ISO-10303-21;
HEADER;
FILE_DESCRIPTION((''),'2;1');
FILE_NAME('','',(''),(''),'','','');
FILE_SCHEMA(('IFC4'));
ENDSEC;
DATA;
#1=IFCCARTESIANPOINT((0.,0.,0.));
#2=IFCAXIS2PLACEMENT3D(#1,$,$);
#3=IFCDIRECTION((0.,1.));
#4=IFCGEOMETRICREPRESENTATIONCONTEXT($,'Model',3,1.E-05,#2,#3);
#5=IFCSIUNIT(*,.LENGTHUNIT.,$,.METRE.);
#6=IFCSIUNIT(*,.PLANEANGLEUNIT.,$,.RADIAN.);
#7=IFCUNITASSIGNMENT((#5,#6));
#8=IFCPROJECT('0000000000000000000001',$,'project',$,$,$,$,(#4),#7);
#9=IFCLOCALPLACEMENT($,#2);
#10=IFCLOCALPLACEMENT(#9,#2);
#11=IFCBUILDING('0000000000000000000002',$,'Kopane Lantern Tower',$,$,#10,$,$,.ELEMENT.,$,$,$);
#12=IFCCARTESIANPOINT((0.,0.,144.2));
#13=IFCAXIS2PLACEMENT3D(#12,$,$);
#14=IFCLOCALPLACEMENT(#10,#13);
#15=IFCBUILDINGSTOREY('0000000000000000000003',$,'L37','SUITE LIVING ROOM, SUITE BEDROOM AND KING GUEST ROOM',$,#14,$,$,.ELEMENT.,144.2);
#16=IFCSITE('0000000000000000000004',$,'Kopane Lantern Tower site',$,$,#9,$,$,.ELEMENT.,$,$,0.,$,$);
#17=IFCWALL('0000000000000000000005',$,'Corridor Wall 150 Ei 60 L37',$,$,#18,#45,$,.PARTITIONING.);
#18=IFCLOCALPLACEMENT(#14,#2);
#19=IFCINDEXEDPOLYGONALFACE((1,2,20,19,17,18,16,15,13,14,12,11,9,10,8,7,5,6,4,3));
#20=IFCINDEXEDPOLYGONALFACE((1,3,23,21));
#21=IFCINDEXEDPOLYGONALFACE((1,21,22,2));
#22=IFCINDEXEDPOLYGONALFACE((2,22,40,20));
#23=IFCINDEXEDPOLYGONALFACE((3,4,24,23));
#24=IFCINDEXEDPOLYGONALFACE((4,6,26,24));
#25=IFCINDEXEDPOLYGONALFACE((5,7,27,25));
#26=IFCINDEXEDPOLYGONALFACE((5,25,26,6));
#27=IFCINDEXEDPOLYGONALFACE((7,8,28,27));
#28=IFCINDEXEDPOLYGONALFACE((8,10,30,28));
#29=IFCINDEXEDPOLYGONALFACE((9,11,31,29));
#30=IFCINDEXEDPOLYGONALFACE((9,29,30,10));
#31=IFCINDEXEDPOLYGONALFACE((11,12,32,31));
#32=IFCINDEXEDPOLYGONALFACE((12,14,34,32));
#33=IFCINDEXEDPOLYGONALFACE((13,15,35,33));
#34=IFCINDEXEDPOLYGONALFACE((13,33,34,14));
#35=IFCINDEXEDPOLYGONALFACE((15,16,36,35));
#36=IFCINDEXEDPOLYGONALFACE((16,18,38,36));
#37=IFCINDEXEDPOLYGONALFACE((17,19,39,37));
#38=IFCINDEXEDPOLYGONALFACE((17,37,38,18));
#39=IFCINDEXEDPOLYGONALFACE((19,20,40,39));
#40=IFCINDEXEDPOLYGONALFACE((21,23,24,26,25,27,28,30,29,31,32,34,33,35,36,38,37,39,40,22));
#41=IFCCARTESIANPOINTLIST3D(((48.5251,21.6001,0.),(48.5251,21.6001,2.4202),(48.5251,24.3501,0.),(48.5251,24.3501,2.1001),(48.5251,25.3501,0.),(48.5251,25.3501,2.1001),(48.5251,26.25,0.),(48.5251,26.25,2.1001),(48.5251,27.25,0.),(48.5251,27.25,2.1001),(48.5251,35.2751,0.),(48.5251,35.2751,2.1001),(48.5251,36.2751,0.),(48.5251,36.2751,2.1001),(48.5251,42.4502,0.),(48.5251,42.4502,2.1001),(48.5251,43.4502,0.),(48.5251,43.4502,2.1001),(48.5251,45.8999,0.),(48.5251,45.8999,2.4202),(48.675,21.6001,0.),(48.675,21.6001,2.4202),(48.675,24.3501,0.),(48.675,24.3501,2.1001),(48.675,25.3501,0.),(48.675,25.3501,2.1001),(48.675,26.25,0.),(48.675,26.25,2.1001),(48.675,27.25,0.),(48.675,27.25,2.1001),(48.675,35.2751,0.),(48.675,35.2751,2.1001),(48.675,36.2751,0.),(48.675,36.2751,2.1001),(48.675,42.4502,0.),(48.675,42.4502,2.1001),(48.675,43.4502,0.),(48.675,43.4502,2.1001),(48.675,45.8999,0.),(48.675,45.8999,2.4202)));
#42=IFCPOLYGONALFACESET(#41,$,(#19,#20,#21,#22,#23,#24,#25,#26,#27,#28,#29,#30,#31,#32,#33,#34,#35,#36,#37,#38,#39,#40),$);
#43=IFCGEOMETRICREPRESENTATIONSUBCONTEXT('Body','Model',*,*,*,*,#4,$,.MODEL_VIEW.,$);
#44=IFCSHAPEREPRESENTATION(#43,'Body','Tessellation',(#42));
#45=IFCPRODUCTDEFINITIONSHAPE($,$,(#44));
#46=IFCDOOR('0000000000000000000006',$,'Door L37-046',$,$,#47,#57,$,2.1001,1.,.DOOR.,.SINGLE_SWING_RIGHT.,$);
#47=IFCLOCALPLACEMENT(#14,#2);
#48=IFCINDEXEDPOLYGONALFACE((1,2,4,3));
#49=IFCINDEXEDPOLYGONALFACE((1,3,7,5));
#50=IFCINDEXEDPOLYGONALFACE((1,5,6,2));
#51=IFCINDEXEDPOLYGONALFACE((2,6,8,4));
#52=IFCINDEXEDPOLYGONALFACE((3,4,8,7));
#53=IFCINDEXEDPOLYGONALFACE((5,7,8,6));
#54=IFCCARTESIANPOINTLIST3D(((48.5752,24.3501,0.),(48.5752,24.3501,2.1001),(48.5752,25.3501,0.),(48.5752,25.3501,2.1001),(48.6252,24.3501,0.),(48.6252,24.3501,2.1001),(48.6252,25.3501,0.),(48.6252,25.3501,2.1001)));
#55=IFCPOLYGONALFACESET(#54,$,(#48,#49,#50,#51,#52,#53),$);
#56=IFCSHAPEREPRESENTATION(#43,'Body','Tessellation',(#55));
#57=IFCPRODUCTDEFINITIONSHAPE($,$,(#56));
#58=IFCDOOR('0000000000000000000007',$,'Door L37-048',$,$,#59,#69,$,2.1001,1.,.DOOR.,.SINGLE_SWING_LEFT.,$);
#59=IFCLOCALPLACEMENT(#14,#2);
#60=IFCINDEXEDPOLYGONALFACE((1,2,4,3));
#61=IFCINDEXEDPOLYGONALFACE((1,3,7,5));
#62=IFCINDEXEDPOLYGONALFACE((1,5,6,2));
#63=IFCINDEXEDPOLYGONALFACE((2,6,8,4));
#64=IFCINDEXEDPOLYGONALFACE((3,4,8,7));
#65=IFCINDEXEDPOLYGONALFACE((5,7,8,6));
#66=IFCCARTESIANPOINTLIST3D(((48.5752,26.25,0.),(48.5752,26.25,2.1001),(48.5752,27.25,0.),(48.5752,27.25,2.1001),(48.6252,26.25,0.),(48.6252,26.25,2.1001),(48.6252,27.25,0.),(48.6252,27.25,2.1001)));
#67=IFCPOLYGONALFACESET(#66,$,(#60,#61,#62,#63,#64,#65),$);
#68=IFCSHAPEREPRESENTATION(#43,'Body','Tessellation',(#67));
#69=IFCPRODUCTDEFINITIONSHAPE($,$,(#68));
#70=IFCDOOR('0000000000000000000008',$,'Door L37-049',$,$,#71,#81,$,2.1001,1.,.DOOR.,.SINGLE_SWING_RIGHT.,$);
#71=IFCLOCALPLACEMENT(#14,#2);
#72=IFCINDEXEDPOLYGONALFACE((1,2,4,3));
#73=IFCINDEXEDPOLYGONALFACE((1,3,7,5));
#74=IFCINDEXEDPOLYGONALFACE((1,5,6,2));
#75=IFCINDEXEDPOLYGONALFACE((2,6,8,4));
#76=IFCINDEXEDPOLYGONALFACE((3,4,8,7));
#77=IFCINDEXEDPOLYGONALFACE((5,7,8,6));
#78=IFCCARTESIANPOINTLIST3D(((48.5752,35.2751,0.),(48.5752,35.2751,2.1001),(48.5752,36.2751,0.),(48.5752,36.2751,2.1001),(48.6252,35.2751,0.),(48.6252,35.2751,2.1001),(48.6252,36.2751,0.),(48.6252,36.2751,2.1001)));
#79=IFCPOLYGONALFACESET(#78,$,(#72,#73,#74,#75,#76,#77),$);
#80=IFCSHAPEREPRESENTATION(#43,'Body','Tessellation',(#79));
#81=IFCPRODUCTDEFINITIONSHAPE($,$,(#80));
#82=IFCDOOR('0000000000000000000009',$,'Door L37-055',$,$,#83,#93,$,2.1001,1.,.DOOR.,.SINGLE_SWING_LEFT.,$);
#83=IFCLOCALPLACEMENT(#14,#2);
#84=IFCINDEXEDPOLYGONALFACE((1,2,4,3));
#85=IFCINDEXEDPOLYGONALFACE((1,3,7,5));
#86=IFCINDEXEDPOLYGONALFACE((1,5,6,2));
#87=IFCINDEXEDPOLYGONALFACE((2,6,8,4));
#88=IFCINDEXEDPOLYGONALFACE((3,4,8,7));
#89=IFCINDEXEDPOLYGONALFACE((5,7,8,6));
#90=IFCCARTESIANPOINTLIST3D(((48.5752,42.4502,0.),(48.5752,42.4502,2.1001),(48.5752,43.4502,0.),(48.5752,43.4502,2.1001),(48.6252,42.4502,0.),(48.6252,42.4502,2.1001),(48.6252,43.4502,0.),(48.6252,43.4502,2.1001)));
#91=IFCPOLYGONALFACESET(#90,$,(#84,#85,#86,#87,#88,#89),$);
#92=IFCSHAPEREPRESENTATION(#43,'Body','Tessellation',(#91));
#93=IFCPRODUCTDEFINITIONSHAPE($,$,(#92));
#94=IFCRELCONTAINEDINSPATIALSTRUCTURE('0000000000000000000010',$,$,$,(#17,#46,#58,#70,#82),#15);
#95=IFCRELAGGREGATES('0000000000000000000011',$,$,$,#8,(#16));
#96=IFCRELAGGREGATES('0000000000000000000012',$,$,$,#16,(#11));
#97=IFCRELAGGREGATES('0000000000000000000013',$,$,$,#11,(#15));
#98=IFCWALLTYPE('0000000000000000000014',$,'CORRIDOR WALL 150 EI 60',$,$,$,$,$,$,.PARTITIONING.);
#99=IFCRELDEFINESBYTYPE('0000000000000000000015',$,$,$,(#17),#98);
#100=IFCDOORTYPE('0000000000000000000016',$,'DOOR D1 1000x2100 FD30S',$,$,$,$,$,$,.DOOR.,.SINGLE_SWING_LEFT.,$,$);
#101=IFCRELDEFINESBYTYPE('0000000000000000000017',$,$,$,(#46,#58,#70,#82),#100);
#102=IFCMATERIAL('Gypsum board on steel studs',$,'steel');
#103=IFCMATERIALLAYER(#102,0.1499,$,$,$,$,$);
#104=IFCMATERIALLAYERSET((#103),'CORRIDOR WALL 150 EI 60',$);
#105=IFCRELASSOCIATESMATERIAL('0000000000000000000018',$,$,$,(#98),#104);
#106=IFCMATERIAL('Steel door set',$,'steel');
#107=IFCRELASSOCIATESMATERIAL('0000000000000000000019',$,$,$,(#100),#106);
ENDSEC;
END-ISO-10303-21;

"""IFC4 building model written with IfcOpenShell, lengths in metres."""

from ifc_helpers import new_model, si_unit, direction, frame, frame_2d, origin, place, context, subcontext, project, spatial, rectangle, extrude, material, layer, layer_set, type_object, element, fill, save


model = new_model("IFC4")

# Units and contexts
model_context = context("Model", 3, precision=1e-05, world=origin(), true_north=direction((0.0, 1.0)))
body_context = subcontext(model_context, "Body", "Model", "MODEL_VIEW")
ifc_project = project(units=[si_unit("LENGTHUNIT", "METRE"), si_unit("PLANEANGLEUNIT", "RADIAN")], contexts=[model_context])

# Site, building, storey
site_placement = place(None, origin())
site = spatial("IfcSite", under=ifc_project, at=site_placement, Name="Kopane Lantern Tower site", CompositionType="ELEMENT", RefElevation=0.0)
building_placement = place(site_placement, origin())
building = spatial("IfcBuilding", under=site, at=building_placement, Name="Kopane Lantern Tower", CompositionType="ELEMENT")
storey_placement = place(building_placement, frame((0.0, 0.0, 144.2)))
storey = spatial("IfcBuildingStorey", under=building, at=storey_placement, Name="L37", Description="SUITE LIVING ROOM, SUITE BEDROOM AND KING GUEST ROOM", CompositionType="ELEMENT", Elevation=144.2)

# Wall, openings, doors
ifc_material_1 = material(Name="Gypsum board on steel studs", Category="steel")
ifc_layer_1 = layer(ifc_material_1, 0.1499)
ifc_layer_set_1 = layer_set([ifc_layer_1], Name="CORRIDOR WALL 150 EI 60")
wall_type_1 = type_object("IfcWallType", Name="CORRIDOR WALL 150 EI 60", PredefinedType="PARTITIONING", material=ifc_layer_set_1)
wall_1_placement = place(storey_placement, frame((48.6001, 21.6001, 0.0), z_axis=(0.0, 0.0, 1.0), x_axis=(0.0, 1.0, 0.0)))
wall_1 = element("IfcWall", 1, at=wall_1_placement, inside=storey, type_object=wall_type_1, Name="Corridor Wall 150 Ei 60 L37", PredefinedType="PARTITIONING", context=body_context, shape_type="SweptSolid", body=[
    extrude(rectangle(XDim=24.2998, YDim=0.1499, at=frame_2d((12.1499, 0.0))), origin(), (0.0, 0.0, 1.0), 2.4202),
])
opening_1_placement = place(wall_1_placement, frame((2.75, 0.0, 0.0)))
opening_1 = element("IfcOpeningElement", 2, at=opening_1_placement, cuts=wall_1, PredefinedType="OPENING", context=body_context, shape_type="SweptSolid", body=[
    extrude(rectangle(XDim=1.0, YDim=2.1001, at=frame_2d((0.5, 1.05))), frame((0.0, 0.085, 0.0), z_axis=(0.0, -1.0, 0.0), x_axis=(1.0, 0.0, 0.0)), (0.0, 0.0, 1.0), 0.1699),
])
opening_2_placement = place(wall_1_placement, frame((4.6499, 0.0, 0.0)))
opening_2 = element("IfcOpeningElement", 3, at=opening_2_placement, cuts=wall_1, PredefinedType="OPENING", context=body_context, shape_type="SweptSolid", body=[
    extrude(rectangle(XDim=1.0, YDim=2.1001, at=frame_2d((0.5, 1.05))), frame((0.0, 0.085, 0.0), z_axis=(0.0, -1.0, 0.0), x_axis=(1.0, 0.0, 0.0)), (0.0, 0.0, 1.0), 0.1699),
])
opening_3_placement = place(wall_1_placement, frame((13.675, 0.0, 0.0)))
opening_3 = element("IfcOpeningElement", 4, at=opening_3_placement, cuts=wall_1, PredefinedType="OPENING", context=body_context, shape_type="SweptSolid", body=[
    extrude(rectangle(XDim=1.0, YDim=2.1001, at=frame_2d((0.5, 1.05))), frame((0.0, 0.085, 0.0), z_axis=(0.0, -1.0, 0.0), x_axis=(1.0, 0.0, 0.0)), (0.0, 0.0, 1.0), 0.1699),
])
opening_4_placement = place(wall_1_placement, frame((20.8501, 0.0, 0.0)))
opening_4 = element("IfcOpeningElement", 5, at=opening_4_placement, cuts=wall_1, PredefinedType="OPENING", context=body_context, shape_type="SweptSolid", body=[
    extrude(rectangle(XDim=1.0, YDim=2.1001, at=frame_2d((0.5, 1.05))), frame((0.0, 0.085, 0.0), z_axis=(0.0, -1.0, 0.0), x_axis=(1.0, 0.0, 0.0)), (0.0, 0.0, 1.0), 0.1699),
])
ifc_material_2 = material(Name="Steel door set", Category="steel")
door_type_1 = type_object("IfcDoorType", Name="DOOR D1 1000x2100 FD30S", OperationType="SINGLE_SWING_LEFT", PredefinedType="DOOR", material=ifc_material_2)
door_1_placement = place(opening_1_placement, origin())
door_1 = element("IfcDoor", 6, at=door_1_placement, inside=storey, type_object=door_type_1, Name="Door L37-046", OperationType="SINGLE_SWING_RIGHT", OverallHeight=2.1001, OverallWidth=1.0, PredefinedType="DOOR", context=body_context, shape_type="SweptSolid", body=[
    extrude(rectangle(XDim=1.0, YDim=2.1001, at=frame_2d((0.5, 1.05))), frame((0.0, 0.0249, 0.0), z_axis=(0.0, -1.0, 0.0), x_axis=(1.0, 0.0, 0.0)), (0.0, 0.0, 1.0), 0.05),
])
fill(opening_1, door_1)
door_2_placement = place(opening_2_placement, origin())
door_2 = element("IfcDoor", 7, at=door_2_placement, inside=storey, type_object=door_type_1, Name="Door L37-048", OperationType="SINGLE_SWING_LEFT", OverallHeight=2.1001, OverallWidth=1.0, PredefinedType="DOOR", context=body_context, shape_type="SweptSolid", body=[
    extrude(rectangle(XDim=1.0, YDim=2.1001, at=frame_2d((0.5, 1.05))), frame((0.0, 0.0249, 0.0), z_axis=(0.0, -1.0, 0.0), x_axis=(1.0, 0.0, 0.0)), (0.0, 0.0, 1.0), 0.05),
])
fill(opening_2, door_2)
door_3_placement = place(opening_3_placement, origin())
door_3 = element("IfcDoor", 8, at=door_3_placement, inside=storey, type_object=door_type_1, Name="Door L37-049", OperationType="SINGLE_SWING_RIGHT", OverallHeight=2.1001, OverallWidth=1.0, PredefinedType="DOOR", context=body_context, shape_type="SweptSolid", body=[
    extrude(rectangle(XDim=1.0, YDim=2.1001, at=frame_2d((0.5, 1.05))), frame((0.0, 0.0249, 0.0), z_axis=(0.0, -1.0, 0.0), x_axis=(1.0, 0.0, 0.0)), (0.0, 0.0, 1.0), 0.05),
])
fill(opening_3, door_3)
door_4_placement = place(opening_4_placement, origin())
door_4 = element("IfcDoor", 9, at=door_4_placement, inside=storey, type_object=door_type_1, Name="Door L37-055", OperationType="SINGLE_SWING_LEFT", OverallHeight=2.1001, OverallWidth=1.0, PredefinedType="DOOR", context=body_context, shape_type="SweptSolid", body=[
    extrude(rectangle(XDim=1.0, YDim=2.1001, at=frame_2d((0.5, 1.05))), frame((0.0, 0.0249, 0.0), z_axis=(0.0, -1.0, 0.0), x_axis=(1.0, 0.0, 0.0)), (0.0, 0.0, 1.0), 0.05),
])
fill(opening_4, door_4)

save(model, "model.ifc")
